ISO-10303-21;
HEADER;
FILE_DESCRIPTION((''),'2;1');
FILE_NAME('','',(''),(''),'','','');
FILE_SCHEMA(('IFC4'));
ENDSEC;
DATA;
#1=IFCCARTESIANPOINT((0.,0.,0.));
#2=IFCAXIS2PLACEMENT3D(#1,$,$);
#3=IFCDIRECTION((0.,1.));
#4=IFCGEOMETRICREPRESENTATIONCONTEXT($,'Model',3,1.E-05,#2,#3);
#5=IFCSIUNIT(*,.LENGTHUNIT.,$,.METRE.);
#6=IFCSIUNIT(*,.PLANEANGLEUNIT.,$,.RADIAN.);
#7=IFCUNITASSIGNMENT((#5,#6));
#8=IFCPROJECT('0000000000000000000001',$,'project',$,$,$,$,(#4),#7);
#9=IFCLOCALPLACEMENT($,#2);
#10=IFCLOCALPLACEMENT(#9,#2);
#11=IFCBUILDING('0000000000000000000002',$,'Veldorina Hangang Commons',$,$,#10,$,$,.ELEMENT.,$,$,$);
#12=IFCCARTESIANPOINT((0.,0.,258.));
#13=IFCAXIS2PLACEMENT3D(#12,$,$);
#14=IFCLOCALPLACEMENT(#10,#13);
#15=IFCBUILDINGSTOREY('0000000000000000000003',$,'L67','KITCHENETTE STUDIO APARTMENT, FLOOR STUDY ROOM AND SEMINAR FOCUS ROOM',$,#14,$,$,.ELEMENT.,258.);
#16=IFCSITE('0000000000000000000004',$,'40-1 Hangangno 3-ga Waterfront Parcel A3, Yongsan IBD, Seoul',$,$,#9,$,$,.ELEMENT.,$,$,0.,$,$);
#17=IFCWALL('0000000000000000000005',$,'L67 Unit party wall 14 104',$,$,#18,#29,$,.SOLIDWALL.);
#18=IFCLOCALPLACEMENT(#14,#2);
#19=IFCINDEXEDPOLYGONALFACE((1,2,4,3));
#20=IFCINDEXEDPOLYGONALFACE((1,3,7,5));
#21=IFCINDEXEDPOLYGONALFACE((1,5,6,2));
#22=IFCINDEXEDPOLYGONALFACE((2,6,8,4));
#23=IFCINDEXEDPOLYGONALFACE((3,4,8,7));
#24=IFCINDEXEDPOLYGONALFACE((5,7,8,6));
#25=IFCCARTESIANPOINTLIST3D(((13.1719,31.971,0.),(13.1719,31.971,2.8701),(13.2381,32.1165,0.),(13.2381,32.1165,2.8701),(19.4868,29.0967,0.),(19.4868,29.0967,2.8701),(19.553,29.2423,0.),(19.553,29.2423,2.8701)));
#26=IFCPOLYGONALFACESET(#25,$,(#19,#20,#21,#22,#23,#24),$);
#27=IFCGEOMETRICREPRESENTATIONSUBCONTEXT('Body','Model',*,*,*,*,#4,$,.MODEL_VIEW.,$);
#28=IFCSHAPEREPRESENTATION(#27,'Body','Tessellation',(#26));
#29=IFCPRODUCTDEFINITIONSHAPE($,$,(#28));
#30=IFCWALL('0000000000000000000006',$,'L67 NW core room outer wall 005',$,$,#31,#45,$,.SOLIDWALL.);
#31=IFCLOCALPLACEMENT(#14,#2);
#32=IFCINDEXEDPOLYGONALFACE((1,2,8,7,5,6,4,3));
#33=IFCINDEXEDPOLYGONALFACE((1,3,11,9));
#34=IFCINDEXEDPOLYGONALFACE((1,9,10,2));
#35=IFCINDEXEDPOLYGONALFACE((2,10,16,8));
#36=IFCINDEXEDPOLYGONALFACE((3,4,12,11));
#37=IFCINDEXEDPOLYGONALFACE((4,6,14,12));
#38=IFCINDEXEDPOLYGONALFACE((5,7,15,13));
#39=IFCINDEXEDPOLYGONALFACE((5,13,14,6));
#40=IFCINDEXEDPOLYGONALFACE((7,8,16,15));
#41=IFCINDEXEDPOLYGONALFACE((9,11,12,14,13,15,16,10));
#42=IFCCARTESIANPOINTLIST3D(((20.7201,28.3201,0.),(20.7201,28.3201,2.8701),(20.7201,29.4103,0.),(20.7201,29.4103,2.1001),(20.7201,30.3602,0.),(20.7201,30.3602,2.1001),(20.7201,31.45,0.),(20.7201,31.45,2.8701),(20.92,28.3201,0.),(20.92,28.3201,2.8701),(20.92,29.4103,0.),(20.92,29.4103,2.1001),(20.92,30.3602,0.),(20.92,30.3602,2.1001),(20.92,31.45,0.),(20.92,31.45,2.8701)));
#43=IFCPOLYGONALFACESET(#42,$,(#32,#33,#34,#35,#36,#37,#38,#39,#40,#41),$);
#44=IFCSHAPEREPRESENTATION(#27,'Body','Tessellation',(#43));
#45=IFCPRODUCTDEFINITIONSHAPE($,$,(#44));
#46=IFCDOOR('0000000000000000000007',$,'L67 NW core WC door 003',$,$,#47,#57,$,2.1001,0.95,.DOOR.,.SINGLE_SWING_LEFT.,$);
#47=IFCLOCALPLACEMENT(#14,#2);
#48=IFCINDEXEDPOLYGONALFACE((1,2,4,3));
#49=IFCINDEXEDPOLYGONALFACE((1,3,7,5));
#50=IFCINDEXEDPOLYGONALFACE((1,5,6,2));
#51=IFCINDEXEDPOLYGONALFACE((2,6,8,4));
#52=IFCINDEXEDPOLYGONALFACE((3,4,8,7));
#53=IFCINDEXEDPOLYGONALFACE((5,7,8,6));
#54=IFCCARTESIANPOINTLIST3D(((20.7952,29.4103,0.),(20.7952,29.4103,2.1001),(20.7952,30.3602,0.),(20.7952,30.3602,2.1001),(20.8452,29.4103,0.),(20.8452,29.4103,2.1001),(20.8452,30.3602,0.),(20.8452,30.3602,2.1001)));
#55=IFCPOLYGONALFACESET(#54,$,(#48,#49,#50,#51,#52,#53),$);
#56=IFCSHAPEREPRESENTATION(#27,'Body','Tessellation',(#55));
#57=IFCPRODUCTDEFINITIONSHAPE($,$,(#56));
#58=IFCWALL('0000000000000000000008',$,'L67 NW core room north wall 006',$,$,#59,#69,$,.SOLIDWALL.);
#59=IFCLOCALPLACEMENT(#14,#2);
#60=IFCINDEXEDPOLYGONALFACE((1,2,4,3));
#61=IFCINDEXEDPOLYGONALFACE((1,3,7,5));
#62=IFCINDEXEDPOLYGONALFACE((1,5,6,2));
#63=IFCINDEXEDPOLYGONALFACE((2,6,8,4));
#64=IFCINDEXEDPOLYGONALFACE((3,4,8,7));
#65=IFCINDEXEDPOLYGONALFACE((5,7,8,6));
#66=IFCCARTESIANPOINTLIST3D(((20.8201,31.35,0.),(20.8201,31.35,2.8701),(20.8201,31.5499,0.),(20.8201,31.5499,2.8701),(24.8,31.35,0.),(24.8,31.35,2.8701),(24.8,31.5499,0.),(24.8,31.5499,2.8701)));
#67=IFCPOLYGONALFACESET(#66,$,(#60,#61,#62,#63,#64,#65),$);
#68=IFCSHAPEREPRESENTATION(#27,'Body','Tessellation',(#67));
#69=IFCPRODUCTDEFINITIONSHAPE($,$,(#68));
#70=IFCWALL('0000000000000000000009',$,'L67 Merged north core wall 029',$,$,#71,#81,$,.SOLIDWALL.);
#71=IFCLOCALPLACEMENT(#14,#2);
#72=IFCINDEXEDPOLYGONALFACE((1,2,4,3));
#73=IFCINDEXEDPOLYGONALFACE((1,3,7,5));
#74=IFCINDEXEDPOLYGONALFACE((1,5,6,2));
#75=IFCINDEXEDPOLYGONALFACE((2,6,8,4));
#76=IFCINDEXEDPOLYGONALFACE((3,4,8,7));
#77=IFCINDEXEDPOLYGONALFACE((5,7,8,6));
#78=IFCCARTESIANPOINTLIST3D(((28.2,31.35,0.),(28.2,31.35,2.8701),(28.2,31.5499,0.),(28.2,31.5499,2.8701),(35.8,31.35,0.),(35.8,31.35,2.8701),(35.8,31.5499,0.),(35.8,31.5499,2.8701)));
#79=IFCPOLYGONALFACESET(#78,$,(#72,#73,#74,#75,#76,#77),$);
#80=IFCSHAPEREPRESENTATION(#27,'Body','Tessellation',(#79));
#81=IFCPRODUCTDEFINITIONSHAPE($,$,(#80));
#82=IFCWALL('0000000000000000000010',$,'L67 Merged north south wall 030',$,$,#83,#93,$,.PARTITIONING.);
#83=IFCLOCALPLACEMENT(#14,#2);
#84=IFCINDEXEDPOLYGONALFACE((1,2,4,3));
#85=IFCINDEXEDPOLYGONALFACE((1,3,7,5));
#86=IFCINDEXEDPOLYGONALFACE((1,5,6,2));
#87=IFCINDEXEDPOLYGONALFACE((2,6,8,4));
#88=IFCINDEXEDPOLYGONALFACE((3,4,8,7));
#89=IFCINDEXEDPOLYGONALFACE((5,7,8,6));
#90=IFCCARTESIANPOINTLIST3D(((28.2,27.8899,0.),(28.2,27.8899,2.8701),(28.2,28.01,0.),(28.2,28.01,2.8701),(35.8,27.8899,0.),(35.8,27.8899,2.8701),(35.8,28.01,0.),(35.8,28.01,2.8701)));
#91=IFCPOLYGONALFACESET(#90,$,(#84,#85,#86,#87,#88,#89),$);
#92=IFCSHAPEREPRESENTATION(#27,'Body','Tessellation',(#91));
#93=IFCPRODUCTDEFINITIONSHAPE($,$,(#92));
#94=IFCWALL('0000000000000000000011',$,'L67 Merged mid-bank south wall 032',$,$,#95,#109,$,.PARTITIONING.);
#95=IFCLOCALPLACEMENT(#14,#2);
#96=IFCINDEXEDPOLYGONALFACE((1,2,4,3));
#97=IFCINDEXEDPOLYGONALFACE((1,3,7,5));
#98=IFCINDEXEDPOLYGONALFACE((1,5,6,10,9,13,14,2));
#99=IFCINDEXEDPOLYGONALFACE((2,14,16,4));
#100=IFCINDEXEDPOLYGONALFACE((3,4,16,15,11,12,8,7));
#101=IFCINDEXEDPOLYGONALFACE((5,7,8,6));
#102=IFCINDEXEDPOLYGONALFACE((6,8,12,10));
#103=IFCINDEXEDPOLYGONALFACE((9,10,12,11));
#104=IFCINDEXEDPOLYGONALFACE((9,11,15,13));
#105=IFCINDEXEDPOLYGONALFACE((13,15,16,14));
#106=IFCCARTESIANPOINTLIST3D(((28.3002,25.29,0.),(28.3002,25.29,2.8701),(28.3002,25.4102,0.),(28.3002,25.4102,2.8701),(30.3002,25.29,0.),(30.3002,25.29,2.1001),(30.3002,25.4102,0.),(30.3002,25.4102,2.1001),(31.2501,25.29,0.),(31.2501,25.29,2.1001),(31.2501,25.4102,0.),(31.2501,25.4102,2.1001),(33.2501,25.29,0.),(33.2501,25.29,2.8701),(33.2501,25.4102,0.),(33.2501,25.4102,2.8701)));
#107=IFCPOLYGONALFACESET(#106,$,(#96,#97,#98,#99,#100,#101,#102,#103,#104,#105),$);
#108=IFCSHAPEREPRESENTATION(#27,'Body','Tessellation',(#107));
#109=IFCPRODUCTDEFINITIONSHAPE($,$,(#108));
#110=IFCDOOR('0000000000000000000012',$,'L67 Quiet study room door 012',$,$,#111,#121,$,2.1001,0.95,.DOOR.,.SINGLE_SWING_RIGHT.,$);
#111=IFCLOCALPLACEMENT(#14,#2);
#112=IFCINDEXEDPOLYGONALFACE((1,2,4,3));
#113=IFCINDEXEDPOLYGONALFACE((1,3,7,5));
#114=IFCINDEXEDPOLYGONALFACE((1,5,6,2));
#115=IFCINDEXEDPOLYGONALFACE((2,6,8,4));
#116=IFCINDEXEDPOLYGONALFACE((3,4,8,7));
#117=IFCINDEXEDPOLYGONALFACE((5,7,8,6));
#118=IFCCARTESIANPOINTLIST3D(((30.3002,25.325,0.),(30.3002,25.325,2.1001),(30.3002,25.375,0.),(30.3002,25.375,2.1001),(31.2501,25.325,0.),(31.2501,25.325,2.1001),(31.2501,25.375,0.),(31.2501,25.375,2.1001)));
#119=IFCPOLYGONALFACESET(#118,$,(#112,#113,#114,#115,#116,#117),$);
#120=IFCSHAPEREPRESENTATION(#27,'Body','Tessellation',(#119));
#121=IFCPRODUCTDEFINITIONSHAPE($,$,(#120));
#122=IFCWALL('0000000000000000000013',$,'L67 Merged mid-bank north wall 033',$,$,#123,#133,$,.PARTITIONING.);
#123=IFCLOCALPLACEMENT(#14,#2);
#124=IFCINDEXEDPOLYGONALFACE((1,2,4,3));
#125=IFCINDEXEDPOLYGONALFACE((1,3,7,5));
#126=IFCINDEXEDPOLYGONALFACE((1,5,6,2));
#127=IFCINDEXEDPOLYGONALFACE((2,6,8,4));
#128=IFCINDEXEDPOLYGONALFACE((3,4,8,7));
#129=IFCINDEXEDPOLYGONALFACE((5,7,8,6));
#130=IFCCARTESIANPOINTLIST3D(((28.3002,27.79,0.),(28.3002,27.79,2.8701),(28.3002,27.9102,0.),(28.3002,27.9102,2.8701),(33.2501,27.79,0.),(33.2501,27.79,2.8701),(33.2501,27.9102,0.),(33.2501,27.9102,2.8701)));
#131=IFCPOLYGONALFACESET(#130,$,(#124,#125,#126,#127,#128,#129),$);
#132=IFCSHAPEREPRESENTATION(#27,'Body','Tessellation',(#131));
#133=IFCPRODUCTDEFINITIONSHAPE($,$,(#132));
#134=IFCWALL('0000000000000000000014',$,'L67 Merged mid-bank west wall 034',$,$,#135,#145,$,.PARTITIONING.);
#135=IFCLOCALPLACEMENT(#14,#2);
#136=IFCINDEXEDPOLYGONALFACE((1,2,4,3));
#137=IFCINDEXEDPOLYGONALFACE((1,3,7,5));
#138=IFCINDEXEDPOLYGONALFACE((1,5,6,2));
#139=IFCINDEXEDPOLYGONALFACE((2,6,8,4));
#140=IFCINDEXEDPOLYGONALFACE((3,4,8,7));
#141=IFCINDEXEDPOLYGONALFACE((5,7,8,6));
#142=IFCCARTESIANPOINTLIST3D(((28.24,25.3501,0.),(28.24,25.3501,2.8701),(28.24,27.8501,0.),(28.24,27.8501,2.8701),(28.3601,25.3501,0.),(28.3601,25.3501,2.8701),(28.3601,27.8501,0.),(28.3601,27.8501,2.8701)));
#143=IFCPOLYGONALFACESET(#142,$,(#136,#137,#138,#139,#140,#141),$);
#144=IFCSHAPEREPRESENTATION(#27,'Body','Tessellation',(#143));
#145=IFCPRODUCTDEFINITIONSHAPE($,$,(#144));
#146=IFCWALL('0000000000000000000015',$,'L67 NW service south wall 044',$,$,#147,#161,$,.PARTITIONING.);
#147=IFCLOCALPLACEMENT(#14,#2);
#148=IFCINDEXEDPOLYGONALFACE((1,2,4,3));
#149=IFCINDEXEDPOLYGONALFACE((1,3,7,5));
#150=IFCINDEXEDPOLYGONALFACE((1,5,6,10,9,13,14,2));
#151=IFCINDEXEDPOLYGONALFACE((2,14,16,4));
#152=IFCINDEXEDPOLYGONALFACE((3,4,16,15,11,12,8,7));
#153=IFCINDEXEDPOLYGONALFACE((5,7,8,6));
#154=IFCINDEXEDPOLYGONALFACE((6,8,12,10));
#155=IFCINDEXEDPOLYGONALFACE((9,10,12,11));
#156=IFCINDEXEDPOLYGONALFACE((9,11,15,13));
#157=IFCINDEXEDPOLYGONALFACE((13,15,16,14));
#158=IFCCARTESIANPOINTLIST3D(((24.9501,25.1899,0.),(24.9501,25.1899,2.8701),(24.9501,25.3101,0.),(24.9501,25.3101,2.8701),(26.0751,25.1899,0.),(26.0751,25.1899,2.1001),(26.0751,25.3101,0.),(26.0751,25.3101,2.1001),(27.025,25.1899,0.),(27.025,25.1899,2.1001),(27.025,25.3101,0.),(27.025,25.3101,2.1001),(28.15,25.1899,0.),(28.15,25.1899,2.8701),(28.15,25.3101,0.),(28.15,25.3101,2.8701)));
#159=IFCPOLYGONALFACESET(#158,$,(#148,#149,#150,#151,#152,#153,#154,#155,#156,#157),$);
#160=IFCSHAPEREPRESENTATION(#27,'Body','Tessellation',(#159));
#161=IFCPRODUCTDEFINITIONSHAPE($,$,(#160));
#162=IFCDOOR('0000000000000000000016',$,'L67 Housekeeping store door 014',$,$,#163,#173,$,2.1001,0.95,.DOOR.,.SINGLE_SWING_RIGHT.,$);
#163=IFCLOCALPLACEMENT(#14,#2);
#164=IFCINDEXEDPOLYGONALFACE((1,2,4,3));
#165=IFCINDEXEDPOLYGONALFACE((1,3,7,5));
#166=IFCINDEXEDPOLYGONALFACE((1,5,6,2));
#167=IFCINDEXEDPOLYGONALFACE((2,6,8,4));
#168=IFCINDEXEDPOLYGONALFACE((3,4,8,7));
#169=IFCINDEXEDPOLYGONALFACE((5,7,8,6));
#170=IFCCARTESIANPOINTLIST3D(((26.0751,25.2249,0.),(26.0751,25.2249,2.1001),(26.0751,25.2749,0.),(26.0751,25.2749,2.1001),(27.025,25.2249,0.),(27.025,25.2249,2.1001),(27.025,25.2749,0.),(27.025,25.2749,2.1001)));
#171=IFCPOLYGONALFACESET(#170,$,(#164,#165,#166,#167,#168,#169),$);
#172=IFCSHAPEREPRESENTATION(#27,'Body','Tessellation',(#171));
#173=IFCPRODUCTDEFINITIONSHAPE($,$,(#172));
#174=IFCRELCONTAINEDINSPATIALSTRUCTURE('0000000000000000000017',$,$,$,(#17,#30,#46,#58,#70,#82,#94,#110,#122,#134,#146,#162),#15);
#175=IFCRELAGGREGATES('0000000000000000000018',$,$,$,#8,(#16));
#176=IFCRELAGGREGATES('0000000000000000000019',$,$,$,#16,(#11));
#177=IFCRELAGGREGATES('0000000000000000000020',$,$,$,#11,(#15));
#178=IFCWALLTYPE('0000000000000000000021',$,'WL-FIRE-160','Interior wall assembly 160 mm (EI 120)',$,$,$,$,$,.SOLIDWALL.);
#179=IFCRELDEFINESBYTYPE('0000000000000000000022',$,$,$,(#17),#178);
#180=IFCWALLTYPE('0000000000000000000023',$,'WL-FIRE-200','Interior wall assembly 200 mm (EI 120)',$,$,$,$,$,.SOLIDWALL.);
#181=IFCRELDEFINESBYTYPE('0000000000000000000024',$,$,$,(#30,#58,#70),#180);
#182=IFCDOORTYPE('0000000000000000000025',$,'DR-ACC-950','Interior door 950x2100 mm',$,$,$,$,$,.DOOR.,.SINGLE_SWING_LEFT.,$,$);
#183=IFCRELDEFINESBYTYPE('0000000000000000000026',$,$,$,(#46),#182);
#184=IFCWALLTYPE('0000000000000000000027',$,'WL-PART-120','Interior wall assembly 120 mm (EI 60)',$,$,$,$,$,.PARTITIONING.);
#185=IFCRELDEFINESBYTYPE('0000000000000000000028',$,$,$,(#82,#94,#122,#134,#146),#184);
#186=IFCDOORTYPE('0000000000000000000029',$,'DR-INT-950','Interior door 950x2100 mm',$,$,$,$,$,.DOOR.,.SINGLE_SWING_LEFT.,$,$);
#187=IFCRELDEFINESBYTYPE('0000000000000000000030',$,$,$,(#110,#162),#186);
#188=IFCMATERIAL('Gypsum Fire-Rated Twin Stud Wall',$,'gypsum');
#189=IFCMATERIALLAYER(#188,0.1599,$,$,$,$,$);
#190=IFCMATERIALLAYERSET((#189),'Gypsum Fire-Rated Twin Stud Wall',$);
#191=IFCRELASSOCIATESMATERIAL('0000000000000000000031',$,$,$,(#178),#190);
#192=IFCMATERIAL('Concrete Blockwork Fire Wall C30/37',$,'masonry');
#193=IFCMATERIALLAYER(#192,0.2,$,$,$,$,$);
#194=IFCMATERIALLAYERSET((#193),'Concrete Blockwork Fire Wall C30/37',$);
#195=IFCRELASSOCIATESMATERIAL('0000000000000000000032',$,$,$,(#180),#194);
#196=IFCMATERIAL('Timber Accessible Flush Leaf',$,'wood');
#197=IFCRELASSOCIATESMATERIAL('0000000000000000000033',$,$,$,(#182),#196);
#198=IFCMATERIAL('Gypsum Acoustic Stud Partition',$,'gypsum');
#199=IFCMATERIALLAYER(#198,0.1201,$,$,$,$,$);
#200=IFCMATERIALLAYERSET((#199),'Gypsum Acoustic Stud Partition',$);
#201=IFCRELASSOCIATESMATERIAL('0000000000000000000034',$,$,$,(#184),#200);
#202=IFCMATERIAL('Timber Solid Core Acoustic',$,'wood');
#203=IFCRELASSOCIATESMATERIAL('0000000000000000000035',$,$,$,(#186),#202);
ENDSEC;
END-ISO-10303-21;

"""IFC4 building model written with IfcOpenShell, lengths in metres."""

from ifc_helpers import new_model, si_unit, direction, frame, frame_2d, origin, place, context, subcontext, project, spatial, rectangle, extrude, material, layer, layer_set, type_object, element, fill, save


model = new_model("IFC4")

# Units and contexts
model_context = context("Model", 3, precision=1e-05, world=origin(), true_north=direction((0.0, 1.0)))
body_context = subcontext(model_context, "Body", "Model", "MODEL_VIEW")
ifc_project = project(units=[si_unit("LENGTHUNIT", "METRE"), si_unit("PLANEANGLEUNIT", "RADIAN")], contexts=[model_context])

# Site, building, storey
site_placement = place(None, origin())
site = spatial("IfcSite", under=ifc_project, at=site_placement, Name="40-1 Hangangno 3-ga Waterfront Parcel A3, Yongsan IBD, Seoul", CompositionType="ELEMENT", RefElevation=0.0)
building_placement = place(site_placement, origin())
building = spatial("IfcBuilding", under=site, at=building_placement, Name="Veldorina Hangang Commons", CompositionType="ELEMENT")
storey_placement = place(building_placement, frame((0.0, 0.0, 258.0)))
storey = spatial("IfcBuildingStorey", under=building, at=storey_placement, Name="L67", Description="KITCHENETTE STUDIO APARTMENT, FLOOR STUDY ROOM AND SEMINAR FOCUS ROOM", CompositionType="ELEMENT", Elevation=258.0)

# Shared definitions
ifc_material_1 = material(Name="Gypsum Fire-Rated Twin Stud Wall", Category="gypsum")
ifc_layer_1 = layer(ifc_material_1, 0.1599)
ifc_layer_set_1 = layer_set([ifc_layer_1], Name="Gypsum Fire-Rated Twin Stud Wall")
wall_type_1 = type_object("IfcWallType", Name="WL-FIRE-160", Description="Interior wall assembly 160 mm (EI 120)", PredefinedType="SOLIDWALL", material=ifc_layer_set_1)

# Wall
wall_1_placement = place(storey_placement, frame((19.52, 29.1694, 0.0), z_axis=(0.0, 0.0, 1.0), x_axis=(-0.910158, 0.414262, 0.0)))
element("IfcWall", 1, at=wall_1_placement, inside=storey, type_object=wall_type_1, Name="L67 Unit party wall 14 104", PredefinedType="SOLIDWALL", context=body_context, shape_type="SweptSolid", body=[
    extrude(rectangle(XDim=6.9382, YDim=0.1599, at=frame_2d((3.4692, 0.0))), origin(), (0.0, 0.0, 1.0), 2.8701),
])

# Wall, opening, door
ifc_material_2 = material(Name="Concrete Blockwork Fire Wall C30/37", Category="masonry")
ifc_layer_2 = layer(ifc_material_2, 0.2)
ifc_layer_set_2 = layer_set([ifc_layer_2], Name="Concrete Blockwork Fire Wall C30/37")
wall_type_2 = type_object("IfcWallType", Name="WL-FIRE-200", Description="Interior wall assembly 200 mm (EI 120)", PredefinedType="SOLIDWALL", material=ifc_layer_set_2)
wall_2_placement = place(storey_placement, frame((20.8201, 28.3201, 0.0), z_axis=(0.0, 0.0, 1.0), x_axis=(0.0, 1.0, 0.0)))
wall_2 = element("IfcWall", 2, at=wall_2_placement, inside=storey, type_object=wall_type_2, Name="L67 NW core room outer wall 005", PredefinedType="SOLIDWALL", context=body_context, shape_type="SweptSolid", body=[
    extrude(rectangle(XDim=3.1299, YDim=0.2, at=frame_2d((1.5649, 0.0))), origin(), (0.0, 0.0, 1.0), 2.8701),
])
opening_1_placement = place(wall_2_placement, frame((1.0901, 0.0, 0.0)))
opening_1 = element("IfcOpeningElement", 3, at=opening_1_placement, cuts=wall_2, PredefinedType="OPENING", context=body_context, shape_type="SweptSolid", body=[
    extrude(rectangle(XDim=0.95, YDim=2.1001, at=frame_2d((0.4751, 1.05))), frame((0.0, 0.1099, 0.0), z_axis=(0.0, -1.0, 0.0), x_axis=(1.0, 0.0, 0.0)), (0.0, 0.0, 1.0), 0.22),
])
ifc_material_3 = material(Name="Timber Accessible Flush Leaf", Category="wood")
door_type_1 = type_object("IfcDoorType", Name="DR-ACC-950", Description="Interior door 950x2100 mm", OperationType="SINGLE_SWING_LEFT", PredefinedType="DOOR", material=ifc_material_3)
door_1_placement = place(opening_1_placement, origin())
door_1 = element("IfcDoor", 4, at=door_1_placement, inside=storey, type_object=door_type_1, Name="L67 NW core WC door 003", OperationType="SINGLE_SWING_LEFT", OverallHeight=2.1001, OverallWidth=0.95, PredefinedType="DOOR", context=body_context, shape_type="SweptSolid", body=[
    extrude(rectangle(XDim=0.95, YDim=2.1001, at=frame_2d((0.4751, 1.05))), frame((0.0, 0.0249, 0.0), z_axis=(0.0, -1.0, 0.0), x_axis=(1.0, 0.0, 0.0)), (0.0, 0.0, 1.0), 0.05),
])
fill(opening_1, door_1)

# Walls
wall_3_placement = place(storey_placement, frame((20.8201, 31.45, 0.0), z_axis=(0.0, 0.0, 1.0), x_axis=(1.0, 0.0, 0.0)))
element("IfcWall", 5, at=wall_3_placement, inside=storey, type_object=wall_type_2, Name="L67 NW core room north wall 006", PredefinedType="SOLIDWALL", context=body_context, shape_type="SweptSolid", body=[
    extrude(rectangle(XDim=3.98, YDim=0.2, at=frame_2d((1.99, 0.0))), origin(), (0.0, 0.0, 1.0), 2.8701),
])
wall_4_placement = place(storey_placement, frame((28.2, 31.45, 0.0), z_axis=(0.0, 0.0, 1.0), x_axis=(1.0, 0.0, 0.0)))
element("IfcWall", 6, at=wall_4_placement, inside=storey, type_object=wall_type_2, Name="L67 Merged north core wall 029", PredefinedType="SOLIDWALL", context=body_context, shape_type="SweptSolid", body=[
    extrude(rectangle(XDim=7.6001, YDim=0.2, at=frame_2d((3.8, 0.0))), origin(), (0.0, 0.0, 1.0), 2.8701),
])
ifc_material_4 = material(Name="Gypsum Acoustic Stud Partition", Category="gypsum")
ifc_layer_3 = layer(ifc_material_4, 0.1201)
ifc_layer_set_3 = layer_set([ifc_layer_3], Name="Gypsum Acoustic Stud Partition")
wall_type_3 = type_object("IfcWallType", Name="WL-PART-120", Description="Interior wall assembly 120 mm (EI 60)", PredefinedType="PARTITIONING", material=ifc_layer_set_3)
wall_5_placement = place(storey_placement, frame((28.2, 27.95, 0.0), z_axis=(0.0, 0.0, 1.0), x_axis=(1.0, 0.0, 0.0)))
element("IfcWall", 7, at=wall_5_placement, inside=storey, type_object=wall_type_3, Name="L67 Merged north south wall 030", PredefinedType="PARTITIONING", context=body_context, shape_type="SweptSolid", body=[
    extrude(rectangle(XDim=7.6001, YDim=0.1201, at=frame_2d((3.8, 0.0))), origin(), (0.0, 0.0, 1.0), 2.8701),
])

# Wall, opening, door
wall_6_placement = place(storey_placement, frame((28.3, 25.3501, 0.0), z_axis=(0.0, 0.0, 1.0), x_axis=(1.0, 0.0, 0.0)))
wall_6 = element("IfcWall", 8, at=wall_6_placement, inside=storey, type_object=wall_type_3, Name="L67 Merged mid-bank south wall 032", PredefinedType="PARTITIONING", context=body_context, shape_type="SweptSolid", body=[
    extrude(rectangle(XDim=4.95, YDim=0.1201, at=frame_2d((2.4751, 0.0))), origin(), (0.0, 0.0, 1.0), 2.8701),
])
opening_2_placement = place(wall_6_placement, frame((2.0, 0.0, 0.0)))
opening_2 = element("IfcOpeningElement", 9, at=opening_2_placement, cuts=wall_6, PredefinedType="OPENING", context=body_context, shape_type="SweptSolid", body=[
    extrude(rectangle(XDim=0.95, YDim=2.1001, at=frame_2d((0.4751, 1.05))), frame((0.0, 0.0701, 0.0), z_axis=(0.0, -1.0, 0.0), x_axis=(1.0, 0.0, 0.0)), (0.0, 0.0, 1.0), 0.1401),
])
ifc_material_5 = material(Name="Timber Solid Core Acoustic", Category="wood")
door_type_2 = type_object("IfcDoorType", Name="DR-INT-950", Description="Interior door 950x2100 mm", OperationType="SINGLE_SWING_LEFT", PredefinedType="DOOR", material=ifc_material_5)
door_2_placement = place(opening_2_placement, origin())
door_2 = element("IfcDoor", 10, at=door_2_placement, inside=storey, type_object=door_type_2, Name="L67 Quiet study room door 012", OperationType="SINGLE_SWING_RIGHT", OverallHeight=2.1001, OverallWidth=0.95, PredefinedType="DOOR", context=body_context, shape_type="SweptSolid", body=[
    extrude(rectangle(XDim=0.95, YDim=2.1001, at=frame_2d((0.4751, 1.05))), frame((0.0, 0.0249, 0.0), z_axis=(0.0, -1.0, 0.0), x_axis=(1.0, 0.0, 0.0)), (0.0, 0.0, 1.0), 0.05),
])
fill(opening_2, door_2)

# Walls
wall_7_placement = place(storey_placement, frame((28.3, 27.8501, 0.0), z_axis=(0.0, 0.0, 1.0), x_axis=(1.0, 0.0, 0.0)))
element("IfcWall", 11, at=wall_7_placement, inside=storey, type_object=wall_type_3, Name="L67 Merged mid-bank north wall 033", PredefinedType="PARTITIONING", context=body_context, shape_type="SweptSolid", body=[
    extrude(rectangle(XDim=4.95, YDim=0.1201, at=frame_2d((2.4751, 0.0))), origin(), (0.0, 0.0, 1.0), 2.8701),
])
wall_8_placement = place(storey_placement, frame((28.3, 25.3501, 0.0), z_axis=(0.0, 0.0, 1.0), x_axis=(0.0, 1.0, 0.0)))
element("IfcWall", 12, at=wall_8_placement, inside=storey, type_object=wall_type_3, Name="L67 Merged mid-bank west wall 034", PredefinedType="PARTITIONING", context=body_context, shape_type="SweptSolid", body=[
    extrude(rectangle(XDim=2.5, YDim=0.1201, at=frame_2d((1.25, 0.0))), origin(), (0.0, 0.0, 1.0), 2.8701),
])

# Wall, opening, door
wall_9_placement = place(storey_placement, frame((24.95, 25.25, 0.0), z_axis=(0.0, 0.0, 1.0), x_axis=(1.0, 0.0, 0.0)))
wall_9 = element("IfcWall", 13, at=wall_9_placement, inside=storey, type_object=wall_type_3, Name="L67 NW service south wall 044", PredefinedType="PARTITIONING", context=body_context, shape_type="SweptSolid", body=[
    extrude(rectangle(XDim=3.2, YDim=0.1201, at=frame_2d((1.6001, 0.0))), origin(), (0.0, 0.0, 1.0), 2.8701),
])
opening_3_placement = place(wall_9_placement, frame((1.125, 0.0, 0.0)))
opening_3 = element("IfcOpeningElement", 14, at=opening_3_placement, cuts=wall_9, PredefinedType="OPENING", context=body_context, shape_type="SweptSolid", body=[
    extrude(rectangle(XDim=0.95, YDim=2.1001, at=frame_2d((0.4751, 1.05))), frame((0.0, 0.0701, 0.0), z_axis=(0.0, -1.0, 0.0), x_axis=(1.0, 0.0, 0.0)), (0.0, 0.0, 1.0), 0.1401),
])
door_3_placement = place(opening_3_placement, origin())
door_3 = element("IfcDoor", 15, at=door_3_placement, inside=storey, type_object=door_type_2, Name="L67 Housekeeping store door 014", OperationType="SINGLE_SWING_RIGHT", OverallHeight=2.1001, OverallWidth=0.95, PredefinedType="DOOR", context=body_context, shape_type="SweptSolid", body=[
    extrude(rectangle(XDim=0.95, YDim=2.1001, at=frame_2d((0.4751, 1.05))), frame((0.0, 0.0249, 0.0), z_axis=(0.0, -1.0, 0.0), x_axis=(1.0, 0.0, 0.0)), (0.0, 0.0, 1.0), 0.05),
])
fill(opening_3, door_3)

save(model, "model.ifc")
